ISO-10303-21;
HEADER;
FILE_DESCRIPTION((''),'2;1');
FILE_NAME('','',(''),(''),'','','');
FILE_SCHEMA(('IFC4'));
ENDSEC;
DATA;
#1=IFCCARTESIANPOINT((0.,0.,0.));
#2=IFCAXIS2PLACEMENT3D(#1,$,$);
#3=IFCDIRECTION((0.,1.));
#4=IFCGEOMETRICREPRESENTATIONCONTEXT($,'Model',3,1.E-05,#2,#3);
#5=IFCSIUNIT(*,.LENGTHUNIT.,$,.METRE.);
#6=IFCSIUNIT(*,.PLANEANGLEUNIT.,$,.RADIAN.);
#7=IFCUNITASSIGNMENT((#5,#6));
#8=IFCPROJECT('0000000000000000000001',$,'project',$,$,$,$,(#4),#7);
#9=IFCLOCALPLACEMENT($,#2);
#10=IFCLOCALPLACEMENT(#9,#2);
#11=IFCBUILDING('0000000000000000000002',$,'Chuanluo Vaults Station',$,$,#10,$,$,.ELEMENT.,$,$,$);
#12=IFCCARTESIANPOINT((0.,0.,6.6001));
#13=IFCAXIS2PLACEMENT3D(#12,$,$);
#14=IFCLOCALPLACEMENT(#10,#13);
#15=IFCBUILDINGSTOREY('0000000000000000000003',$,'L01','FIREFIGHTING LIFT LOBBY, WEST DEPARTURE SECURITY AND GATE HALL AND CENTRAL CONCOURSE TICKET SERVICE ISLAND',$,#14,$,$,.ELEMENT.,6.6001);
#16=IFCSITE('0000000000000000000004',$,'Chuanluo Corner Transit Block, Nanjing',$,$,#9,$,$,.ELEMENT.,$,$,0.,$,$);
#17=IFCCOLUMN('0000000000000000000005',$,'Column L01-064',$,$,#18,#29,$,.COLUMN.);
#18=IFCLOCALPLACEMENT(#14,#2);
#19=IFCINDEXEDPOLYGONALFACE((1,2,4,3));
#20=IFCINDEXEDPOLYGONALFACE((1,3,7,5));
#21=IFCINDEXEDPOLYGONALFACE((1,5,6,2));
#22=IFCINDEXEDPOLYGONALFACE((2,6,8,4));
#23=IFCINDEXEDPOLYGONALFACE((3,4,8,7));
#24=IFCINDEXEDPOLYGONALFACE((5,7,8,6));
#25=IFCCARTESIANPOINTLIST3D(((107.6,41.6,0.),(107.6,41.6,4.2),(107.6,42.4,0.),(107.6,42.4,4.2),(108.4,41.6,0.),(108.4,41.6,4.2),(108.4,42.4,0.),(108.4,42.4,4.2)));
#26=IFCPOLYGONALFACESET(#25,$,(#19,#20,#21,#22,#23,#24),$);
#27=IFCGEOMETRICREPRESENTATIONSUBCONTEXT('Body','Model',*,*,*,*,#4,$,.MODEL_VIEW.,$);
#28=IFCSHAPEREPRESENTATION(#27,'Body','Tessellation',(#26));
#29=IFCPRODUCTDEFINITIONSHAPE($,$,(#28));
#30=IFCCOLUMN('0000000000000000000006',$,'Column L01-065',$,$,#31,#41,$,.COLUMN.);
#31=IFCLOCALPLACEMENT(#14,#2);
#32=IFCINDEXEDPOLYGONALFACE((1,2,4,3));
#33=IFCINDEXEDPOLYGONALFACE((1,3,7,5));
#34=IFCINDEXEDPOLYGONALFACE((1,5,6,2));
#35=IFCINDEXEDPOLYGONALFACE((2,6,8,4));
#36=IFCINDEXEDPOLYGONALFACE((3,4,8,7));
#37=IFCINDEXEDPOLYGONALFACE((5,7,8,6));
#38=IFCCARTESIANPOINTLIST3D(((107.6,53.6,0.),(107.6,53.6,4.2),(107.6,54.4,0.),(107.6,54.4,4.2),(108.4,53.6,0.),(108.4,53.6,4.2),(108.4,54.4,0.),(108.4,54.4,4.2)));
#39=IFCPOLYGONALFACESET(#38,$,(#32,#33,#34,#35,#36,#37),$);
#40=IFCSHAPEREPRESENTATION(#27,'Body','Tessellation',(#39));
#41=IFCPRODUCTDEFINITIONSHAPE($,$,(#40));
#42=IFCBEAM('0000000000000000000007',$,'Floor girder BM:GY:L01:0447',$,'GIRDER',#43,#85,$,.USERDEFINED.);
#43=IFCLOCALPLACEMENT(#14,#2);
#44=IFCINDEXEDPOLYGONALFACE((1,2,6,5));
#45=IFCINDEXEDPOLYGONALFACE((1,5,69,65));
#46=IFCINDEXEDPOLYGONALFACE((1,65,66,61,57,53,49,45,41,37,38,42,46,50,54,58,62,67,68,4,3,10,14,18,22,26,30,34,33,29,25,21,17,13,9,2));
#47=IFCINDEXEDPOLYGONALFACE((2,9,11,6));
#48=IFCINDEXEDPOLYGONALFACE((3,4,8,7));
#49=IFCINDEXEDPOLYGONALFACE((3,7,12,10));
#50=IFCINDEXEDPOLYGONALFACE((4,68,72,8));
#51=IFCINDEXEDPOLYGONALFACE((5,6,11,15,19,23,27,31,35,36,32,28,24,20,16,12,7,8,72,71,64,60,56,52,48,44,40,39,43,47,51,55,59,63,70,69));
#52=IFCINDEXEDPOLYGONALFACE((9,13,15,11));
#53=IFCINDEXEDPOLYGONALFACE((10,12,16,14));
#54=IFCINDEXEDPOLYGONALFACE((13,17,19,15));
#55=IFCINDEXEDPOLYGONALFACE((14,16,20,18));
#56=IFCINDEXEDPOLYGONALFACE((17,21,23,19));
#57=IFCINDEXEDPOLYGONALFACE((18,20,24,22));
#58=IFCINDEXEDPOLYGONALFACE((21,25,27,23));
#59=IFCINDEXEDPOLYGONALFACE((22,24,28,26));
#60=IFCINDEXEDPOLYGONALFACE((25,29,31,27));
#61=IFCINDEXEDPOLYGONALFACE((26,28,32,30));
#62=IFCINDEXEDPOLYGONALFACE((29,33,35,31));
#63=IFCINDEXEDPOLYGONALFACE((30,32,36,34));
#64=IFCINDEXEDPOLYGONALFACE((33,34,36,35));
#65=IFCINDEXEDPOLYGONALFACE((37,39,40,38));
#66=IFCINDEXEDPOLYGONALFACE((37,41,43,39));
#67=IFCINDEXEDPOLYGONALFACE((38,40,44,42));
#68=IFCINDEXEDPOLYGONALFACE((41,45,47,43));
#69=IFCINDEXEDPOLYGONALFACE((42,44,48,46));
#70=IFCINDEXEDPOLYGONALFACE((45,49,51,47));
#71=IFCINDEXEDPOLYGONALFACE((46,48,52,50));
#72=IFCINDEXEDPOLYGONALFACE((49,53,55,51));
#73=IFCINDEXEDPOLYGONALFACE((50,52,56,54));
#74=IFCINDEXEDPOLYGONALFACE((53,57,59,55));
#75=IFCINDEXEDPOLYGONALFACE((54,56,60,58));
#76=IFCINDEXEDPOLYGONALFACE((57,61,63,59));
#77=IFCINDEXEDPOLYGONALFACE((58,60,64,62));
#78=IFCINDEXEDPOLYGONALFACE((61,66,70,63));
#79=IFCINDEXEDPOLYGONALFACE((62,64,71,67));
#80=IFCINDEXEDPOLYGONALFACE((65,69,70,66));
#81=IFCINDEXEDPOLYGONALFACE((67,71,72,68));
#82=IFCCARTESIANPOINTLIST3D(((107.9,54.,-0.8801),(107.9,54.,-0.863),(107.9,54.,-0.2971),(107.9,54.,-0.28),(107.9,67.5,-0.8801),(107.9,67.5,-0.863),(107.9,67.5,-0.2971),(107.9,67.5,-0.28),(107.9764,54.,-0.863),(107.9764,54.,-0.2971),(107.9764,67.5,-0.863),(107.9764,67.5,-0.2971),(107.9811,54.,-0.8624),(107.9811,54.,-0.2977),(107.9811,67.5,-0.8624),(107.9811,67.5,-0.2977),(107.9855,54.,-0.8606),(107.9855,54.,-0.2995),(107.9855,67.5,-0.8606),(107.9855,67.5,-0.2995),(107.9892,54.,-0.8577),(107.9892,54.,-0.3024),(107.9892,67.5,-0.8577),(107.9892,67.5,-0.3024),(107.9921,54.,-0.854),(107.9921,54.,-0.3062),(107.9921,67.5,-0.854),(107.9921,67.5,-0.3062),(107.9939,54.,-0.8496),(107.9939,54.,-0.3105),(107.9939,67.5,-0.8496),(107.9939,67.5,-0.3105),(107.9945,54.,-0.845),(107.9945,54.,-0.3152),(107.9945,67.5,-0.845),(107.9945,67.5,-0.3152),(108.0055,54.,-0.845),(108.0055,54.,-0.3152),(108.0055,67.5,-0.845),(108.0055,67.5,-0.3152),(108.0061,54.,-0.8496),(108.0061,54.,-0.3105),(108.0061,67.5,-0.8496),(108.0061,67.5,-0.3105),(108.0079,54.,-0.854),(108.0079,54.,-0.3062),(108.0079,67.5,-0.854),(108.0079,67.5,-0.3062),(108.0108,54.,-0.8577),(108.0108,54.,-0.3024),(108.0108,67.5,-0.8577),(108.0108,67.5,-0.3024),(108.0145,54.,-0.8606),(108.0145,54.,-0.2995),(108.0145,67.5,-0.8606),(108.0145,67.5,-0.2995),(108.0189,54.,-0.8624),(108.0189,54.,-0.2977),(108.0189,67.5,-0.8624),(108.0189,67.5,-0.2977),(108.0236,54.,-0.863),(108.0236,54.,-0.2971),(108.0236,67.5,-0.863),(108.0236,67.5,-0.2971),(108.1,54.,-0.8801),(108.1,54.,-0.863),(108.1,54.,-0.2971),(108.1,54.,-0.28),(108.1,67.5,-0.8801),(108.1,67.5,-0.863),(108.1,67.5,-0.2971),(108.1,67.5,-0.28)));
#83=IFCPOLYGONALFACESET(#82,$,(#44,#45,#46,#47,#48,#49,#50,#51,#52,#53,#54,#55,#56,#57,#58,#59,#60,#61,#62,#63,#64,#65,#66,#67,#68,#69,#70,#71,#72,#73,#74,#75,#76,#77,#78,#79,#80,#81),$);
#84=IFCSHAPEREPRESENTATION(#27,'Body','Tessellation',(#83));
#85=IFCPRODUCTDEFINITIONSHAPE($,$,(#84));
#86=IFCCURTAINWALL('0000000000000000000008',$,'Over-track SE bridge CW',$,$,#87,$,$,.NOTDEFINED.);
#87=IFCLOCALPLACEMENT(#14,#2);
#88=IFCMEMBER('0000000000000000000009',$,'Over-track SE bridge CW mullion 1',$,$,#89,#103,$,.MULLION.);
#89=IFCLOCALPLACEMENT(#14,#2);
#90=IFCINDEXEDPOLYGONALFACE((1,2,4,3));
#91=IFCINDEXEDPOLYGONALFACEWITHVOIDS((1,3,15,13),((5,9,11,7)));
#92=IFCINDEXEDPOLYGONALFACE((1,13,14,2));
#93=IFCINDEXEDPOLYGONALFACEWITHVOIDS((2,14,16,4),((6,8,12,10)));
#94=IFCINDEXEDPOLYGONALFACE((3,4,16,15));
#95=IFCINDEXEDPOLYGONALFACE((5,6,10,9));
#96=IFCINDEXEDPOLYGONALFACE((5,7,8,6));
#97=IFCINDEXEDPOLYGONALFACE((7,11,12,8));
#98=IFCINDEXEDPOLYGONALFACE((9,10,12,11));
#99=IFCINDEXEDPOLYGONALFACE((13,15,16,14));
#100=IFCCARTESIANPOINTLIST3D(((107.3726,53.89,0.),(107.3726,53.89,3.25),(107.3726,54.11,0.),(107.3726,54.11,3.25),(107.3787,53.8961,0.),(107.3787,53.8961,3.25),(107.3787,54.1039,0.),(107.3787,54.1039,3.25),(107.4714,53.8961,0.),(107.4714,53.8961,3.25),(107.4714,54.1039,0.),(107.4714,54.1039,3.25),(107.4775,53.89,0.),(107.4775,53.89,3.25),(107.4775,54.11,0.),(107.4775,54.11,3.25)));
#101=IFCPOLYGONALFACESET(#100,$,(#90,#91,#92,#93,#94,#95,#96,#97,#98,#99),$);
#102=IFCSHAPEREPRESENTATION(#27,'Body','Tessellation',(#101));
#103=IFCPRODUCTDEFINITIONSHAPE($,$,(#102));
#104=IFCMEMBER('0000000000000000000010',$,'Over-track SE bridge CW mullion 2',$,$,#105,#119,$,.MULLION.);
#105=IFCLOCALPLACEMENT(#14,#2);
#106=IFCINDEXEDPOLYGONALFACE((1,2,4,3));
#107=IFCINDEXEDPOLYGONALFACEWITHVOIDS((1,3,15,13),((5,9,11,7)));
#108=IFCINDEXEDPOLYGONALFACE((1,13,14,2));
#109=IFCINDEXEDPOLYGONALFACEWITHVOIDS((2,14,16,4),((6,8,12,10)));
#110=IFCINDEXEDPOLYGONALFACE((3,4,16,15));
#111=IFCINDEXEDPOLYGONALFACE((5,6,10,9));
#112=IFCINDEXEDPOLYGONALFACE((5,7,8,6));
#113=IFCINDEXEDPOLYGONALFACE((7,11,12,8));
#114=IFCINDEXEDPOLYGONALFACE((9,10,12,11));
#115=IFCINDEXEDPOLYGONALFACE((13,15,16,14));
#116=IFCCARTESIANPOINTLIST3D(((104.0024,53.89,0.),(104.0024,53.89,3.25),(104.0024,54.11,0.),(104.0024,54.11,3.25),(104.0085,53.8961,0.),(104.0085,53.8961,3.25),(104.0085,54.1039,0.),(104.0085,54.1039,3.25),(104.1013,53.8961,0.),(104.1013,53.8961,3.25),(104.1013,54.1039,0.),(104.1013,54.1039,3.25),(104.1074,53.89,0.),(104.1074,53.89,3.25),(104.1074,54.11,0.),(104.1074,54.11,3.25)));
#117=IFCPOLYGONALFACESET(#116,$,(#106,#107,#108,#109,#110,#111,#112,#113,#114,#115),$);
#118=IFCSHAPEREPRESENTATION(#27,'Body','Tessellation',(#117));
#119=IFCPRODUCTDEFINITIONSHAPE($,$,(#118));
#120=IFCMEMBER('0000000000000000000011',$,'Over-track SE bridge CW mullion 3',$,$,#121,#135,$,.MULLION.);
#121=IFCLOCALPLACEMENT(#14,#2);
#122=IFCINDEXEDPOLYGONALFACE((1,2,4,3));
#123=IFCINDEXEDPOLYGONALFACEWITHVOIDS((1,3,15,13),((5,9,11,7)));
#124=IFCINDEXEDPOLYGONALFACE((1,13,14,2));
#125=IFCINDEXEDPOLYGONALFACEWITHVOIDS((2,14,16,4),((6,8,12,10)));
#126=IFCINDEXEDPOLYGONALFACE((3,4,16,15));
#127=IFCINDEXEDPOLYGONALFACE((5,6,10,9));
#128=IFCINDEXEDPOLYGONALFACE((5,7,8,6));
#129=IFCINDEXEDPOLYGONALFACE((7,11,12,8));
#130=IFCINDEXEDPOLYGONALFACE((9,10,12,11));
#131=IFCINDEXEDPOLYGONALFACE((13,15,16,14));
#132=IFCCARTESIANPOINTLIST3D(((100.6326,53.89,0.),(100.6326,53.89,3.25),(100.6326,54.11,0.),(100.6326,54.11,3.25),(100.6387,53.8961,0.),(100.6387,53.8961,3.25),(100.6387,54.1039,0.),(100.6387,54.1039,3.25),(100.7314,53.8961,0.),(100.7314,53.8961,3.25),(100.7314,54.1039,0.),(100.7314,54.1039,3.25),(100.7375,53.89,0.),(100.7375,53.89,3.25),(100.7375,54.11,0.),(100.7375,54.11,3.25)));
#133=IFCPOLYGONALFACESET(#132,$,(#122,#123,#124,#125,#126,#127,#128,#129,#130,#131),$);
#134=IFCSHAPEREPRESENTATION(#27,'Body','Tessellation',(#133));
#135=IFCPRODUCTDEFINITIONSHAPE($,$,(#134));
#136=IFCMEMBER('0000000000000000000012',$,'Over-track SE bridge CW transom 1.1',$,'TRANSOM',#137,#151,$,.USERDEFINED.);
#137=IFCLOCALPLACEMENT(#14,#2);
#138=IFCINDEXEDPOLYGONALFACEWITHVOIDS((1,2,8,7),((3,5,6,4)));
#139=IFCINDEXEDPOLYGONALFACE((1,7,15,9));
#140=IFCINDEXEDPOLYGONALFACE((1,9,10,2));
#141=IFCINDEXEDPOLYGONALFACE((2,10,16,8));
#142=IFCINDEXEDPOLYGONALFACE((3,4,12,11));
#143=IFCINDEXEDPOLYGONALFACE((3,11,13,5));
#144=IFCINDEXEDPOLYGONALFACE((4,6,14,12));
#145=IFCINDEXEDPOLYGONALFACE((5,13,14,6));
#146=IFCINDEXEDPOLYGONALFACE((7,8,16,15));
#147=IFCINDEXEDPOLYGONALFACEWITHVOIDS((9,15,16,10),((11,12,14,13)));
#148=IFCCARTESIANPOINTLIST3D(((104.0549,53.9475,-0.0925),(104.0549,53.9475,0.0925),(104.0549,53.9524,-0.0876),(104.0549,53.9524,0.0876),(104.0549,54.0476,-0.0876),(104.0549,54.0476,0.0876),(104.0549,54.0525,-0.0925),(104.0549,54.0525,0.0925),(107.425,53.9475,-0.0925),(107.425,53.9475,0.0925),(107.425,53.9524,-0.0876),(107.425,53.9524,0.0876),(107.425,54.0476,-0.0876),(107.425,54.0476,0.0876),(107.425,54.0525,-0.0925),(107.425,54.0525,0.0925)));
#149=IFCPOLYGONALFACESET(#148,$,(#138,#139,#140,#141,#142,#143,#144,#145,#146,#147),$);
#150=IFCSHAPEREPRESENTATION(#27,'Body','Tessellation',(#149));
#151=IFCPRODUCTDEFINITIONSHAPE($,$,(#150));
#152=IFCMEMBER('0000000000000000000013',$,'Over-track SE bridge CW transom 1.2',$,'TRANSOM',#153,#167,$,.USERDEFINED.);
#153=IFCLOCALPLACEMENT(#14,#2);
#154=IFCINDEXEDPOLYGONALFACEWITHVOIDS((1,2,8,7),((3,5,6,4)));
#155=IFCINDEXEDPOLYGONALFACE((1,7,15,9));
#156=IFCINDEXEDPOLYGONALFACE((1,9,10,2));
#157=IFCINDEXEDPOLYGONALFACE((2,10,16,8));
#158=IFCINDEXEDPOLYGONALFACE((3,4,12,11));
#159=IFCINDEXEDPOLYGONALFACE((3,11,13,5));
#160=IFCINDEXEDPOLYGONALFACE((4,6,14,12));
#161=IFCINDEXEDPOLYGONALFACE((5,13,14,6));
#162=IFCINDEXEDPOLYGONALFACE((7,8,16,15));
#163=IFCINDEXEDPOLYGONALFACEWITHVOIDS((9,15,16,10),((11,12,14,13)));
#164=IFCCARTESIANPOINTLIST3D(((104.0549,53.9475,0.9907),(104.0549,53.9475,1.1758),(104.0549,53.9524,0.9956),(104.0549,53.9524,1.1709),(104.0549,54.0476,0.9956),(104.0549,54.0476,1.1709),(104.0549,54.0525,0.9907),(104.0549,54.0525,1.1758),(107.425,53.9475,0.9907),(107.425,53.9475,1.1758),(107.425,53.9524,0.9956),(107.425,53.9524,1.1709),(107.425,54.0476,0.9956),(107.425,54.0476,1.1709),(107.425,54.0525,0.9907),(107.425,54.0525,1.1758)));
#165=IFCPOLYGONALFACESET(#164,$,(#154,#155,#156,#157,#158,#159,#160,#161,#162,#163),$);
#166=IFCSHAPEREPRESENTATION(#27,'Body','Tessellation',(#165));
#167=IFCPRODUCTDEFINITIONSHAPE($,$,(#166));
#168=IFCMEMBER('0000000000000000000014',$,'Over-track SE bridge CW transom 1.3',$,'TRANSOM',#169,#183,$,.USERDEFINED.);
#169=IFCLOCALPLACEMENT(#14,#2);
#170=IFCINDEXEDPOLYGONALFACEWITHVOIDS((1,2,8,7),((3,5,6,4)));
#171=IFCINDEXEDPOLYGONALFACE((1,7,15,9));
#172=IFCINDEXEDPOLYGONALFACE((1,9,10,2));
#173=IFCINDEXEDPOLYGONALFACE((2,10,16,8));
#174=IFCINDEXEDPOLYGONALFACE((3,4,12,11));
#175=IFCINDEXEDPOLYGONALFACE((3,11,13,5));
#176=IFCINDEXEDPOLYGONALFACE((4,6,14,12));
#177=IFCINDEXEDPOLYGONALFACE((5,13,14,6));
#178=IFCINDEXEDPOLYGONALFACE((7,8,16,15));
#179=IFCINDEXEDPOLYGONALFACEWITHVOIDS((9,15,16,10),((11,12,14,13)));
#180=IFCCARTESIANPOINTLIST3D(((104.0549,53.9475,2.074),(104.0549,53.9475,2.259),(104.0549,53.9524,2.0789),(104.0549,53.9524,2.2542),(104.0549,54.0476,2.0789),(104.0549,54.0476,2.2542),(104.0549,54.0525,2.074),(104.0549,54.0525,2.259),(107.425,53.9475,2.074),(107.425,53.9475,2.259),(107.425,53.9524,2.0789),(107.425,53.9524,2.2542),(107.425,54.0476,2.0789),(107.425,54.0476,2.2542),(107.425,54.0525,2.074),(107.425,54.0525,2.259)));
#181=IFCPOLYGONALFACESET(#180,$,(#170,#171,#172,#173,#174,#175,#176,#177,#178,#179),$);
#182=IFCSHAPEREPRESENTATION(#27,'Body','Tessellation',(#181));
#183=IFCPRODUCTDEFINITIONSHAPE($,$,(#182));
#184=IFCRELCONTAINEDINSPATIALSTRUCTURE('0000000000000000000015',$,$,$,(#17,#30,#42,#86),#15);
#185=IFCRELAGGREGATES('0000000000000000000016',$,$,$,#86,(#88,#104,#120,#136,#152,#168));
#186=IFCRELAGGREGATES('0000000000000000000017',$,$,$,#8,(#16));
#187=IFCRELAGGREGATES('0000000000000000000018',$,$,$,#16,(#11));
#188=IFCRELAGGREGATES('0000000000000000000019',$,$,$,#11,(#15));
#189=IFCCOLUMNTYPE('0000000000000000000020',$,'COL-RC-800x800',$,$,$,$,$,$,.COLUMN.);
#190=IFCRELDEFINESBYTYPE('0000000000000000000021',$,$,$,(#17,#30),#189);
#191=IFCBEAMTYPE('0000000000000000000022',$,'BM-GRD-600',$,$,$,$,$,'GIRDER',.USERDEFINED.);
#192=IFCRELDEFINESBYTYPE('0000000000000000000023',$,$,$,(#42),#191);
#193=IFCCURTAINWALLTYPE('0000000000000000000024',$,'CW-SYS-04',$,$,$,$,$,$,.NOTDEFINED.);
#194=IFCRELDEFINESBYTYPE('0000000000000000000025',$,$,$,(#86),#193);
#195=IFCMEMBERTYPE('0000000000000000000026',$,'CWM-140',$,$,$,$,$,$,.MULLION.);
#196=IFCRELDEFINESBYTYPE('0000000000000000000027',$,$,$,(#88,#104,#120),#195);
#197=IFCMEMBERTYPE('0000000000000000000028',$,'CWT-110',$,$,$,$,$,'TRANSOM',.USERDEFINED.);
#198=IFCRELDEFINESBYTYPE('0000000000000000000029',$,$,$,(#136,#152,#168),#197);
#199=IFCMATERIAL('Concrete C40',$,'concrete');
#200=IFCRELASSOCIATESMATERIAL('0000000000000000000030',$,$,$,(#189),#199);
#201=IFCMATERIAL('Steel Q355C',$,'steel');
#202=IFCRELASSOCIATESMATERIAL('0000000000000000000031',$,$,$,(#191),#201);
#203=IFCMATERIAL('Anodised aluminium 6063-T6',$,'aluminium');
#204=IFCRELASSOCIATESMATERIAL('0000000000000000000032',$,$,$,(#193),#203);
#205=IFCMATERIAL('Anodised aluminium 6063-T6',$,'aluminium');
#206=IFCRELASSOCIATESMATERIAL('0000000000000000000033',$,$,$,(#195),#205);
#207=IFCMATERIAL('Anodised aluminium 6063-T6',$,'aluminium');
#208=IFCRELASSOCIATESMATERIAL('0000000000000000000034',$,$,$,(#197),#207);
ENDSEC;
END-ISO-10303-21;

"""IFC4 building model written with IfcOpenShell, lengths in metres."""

from ifc_helpers import new_model, si_unit, direction, frame, origin, origin_2d, place, context, subcontext, project, spatial, rectangle, hollow_rectangle, i_section, extrude, material, material_profile, profile_set, type_object, element, aggregate, save


model = new_model("IFC4")

# Units and contexts
model_context = context("Model", 3, precision=1e-05, world=origin(), true_north=direction((0.0, 1.0)))
body_context = subcontext(model_context, "Body", "Model", "MODEL_VIEW")
ifc_project = project(units=[si_unit("LENGTHUNIT", "METRE"), si_unit("PLANEANGLEUNIT", "RADIAN")], contexts=[model_context])

# Site, building, storey
site_placement = place(None, origin())
site = spatial("IfcSite", under=ifc_project, at=site_placement, Name="Chuanluo Corner Transit Block, Nanjing", CompositionType="ELEMENT", RefElevation=0.0)
building_placement = place(site_placement, origin())
building = spatial("IfcBuilding", under=site, at=building_placement, Name="Chuanluo Vaults Station", CompositionType="ELEMENT")
storey_placement = place(building_placement, frame((0.0, 0.0, 6.6001)))
storey = spatial("IfcBuildingStorey", under=building, at=storey_placement, Name="L01", Description="FIREFIGHTING LIFT LOBBY, WEST DEPARTURE SECURITY AND GATE HALL AND CENTRAL CONCOURSE TICKET SERVICE ISLAND", CompositionType="ELEMENT", Elevation=6.6001)

# Columns
ifc_material_1 = material(Name="Concrete C40", Category="concrete")
ifc_material_profile_1 = material_profile(ifc_material_1, rectangle(XDim=0.8, YDim=0.8, at=origin_2d()))
ifc_profile_set_1 = profile_set([ifc_material_profile_1], Name="Concrete C40")
column_type = type_object("IfcColumnType", Name="COL-RC-800x800", PredefinedType="COLUMN", material=ifc_profile_set_1)
for number, where, z_axis, x_axis, name in (
    (1, (108.0, 42.0, 0.0), (0.0, 0.0, 1.0), (1.0, 0.0, 0.0), "Column L01-064"),
    (2, (108.0, 54.0, 0.0), (0.0, 0.0, 1.0), (1.0, 0.0, 0.0), "Column L01-065"),
):
    element("IfcColumn", number, at=place(storey_placement, frame(where, z_axis=z_axis, x_axis=x_axis)), inside=storey, type_object=column_type, Name=name, PredefinedType="COLUMN", context=body_context, shape_type="SweptSolid", body=[
        extrude(rectangle(XDim=0.8, YDim=0.8, at=origin_2d()), origin(), (0.0, 0.0, 1.0), 4.2),
    ])

# Beam
ifc_material_2 = material(Name="Steel Q355C", Category="steel")
ifc_material_profile_2 = material_profile(ifc_material_2, i_section(OverallWidth=0.2, OverallDepth=0.6001, WebThickness=0.011, FlangeThickness=0.0171, FilletRadius=0.0181, at=origin_2d()))
ifc_profile_set_2 = profile_set([ifc_material_profile_2], Name="Steel Q355C")
beam_type = type_object("IfcBeamType", Name="BM-GRD-600", ElementType="GIRDER", PredefinedType="USERDEFINED", material=ifc_profile_set_2)
beam_placement = place(storey_placement, frame((108.0, 54.0, -0.5801), z_axis=(0.0, 1.0, 0.0), x_axis=(-1.0, 0.0, 0.0)))
element("IfcBeam", 3, at=beam_placement, inside=storey, type_object=beam_type, Name="Floor girder BM:GY:L01:0447", ObjectType="GIRDER", PredefinedType="USERDEFINED", context=body_context, shape_type="SweptSolid", body=[
    extrude(i_section(OverallWidth=0.2, OverallDepth=0.6001, WebThickness=0.011, FlangeThickness=0.0171, FilletRadius=0.0181, at=origin_2d()), origin(), (0.0, 0.0, 1.0), 13.5),
])

# Curtain wall, members
ifc_material_3 = material(Name="Anodised aluminium 6063-T6", Category="aluminium")
curtain_wall_type = type_object("IfcCurtainWallType", Name="CW-SYS-04", PredefinedType="NOTDEFINED", material=ifc_material_3)
curtain_wall_placement = place(storey_placement, origin())
curtain_wall = element("IfcCurtainWall", 4, at=curtain_wall_placement, inside=storey, type_object=curtain_wall_type, Name="Over-track SE bridge CW", PredefinedType="NOTDEFINED")
ifc_material_4 = material(Name="Anodised aluminium 6063-T6", Category="aluminium")
ifc_material_profile_3 = material_profile(ifc_material_4, hollow_rectangle(XDim=0.105, YDim=0.22, WallThickness=0.0061, at=origin_2d()))
ifc_profile_set_3 = profile_set([ifc_material_profile_3], Name="Anodised aluminium 6063-T6")
member_type_1 = type_object("IfcMemberType", Name="CWM-140", PredefinedType="MULLION", material=ifc_profile_set_3)
member_1_placement = place(storey_placement, frame((107.425, 54.0, 0.0), z_axis=(0.0, 0.0, 1.0), x_axis=(-1.0, 0.0, 0.0)))
member_1 = element("IfcMember", 5, at=member_1_placement, type_object=member_type_1, Name="Over-track SE bridge CW mullion 1", PredefinedType="MULLION", context=body_context, shape_type="SweptSolid", body=[
    extrude(hollow_rectangle(XDim=0.105, YDim=0.22, WallThickness=0.0061, at=origin_2d()), origin(), (0.0, 0.0, 1.0), 3.25),
])
member_2_placement = place(storey_placement, frame((104.0549, 54.0, 0.0), z_axis=(0.0, 0.0, 1.0), x_axis=(-1.0, 0.0, 0.0)))
member_2 = element("IfcMember", 6, at=member_2_placement, type_object=member_type_1, Name="Over-track SE bridge CW mullion 2", PredefinedType="MULLION", context=body_context, shape_type="SweptSolid", body=[
    extrude(hollow_rectangle(XDim=0.105, YDim=0.22, WallThickness=0.0061, at=origin_2d()), origin(), (0.0, 0.0, 1.0), 3.25),
])
member_3_placement = place(storey_placement, frame((100.6851, 54.0, 0.0), z_axis=(0.0, 0.0, 1.0), x_axis=(-1.0, 0.0, 0.0)))
member_3 = element("IfcMember", 7, at=member_3_placement, type_object=member_type_1, Name="Over-track SE bridge CW mullion 3", PredefinedType="MULLION", context=body_context, shape_type="SweptSolid", body=[
    extrude(hollow_rectangle(XDim=0.105, YDim=0.22, WallThickness=0.0061, at=origin_2d()), origin(), (0.0, 0.0, 1.0), 3.25),
])
ifc_material_5 = material(Name="Anodised aluminium 6063-T6", Category="aluminium")
ifc_material_profile_4 = material_profile(ifc_material_5, hollow_rectangle(XDim=0.105, YDim=0.1851, WallThickness=0.0049, at=origin_2d()))
ifc_profile_set_4 = profile_set([ifc_material_profile_4], Name="Anodised aluminium 6063-T6")
member_type_2 = type_object("IfcMemberType", Name="CWT-110", ElementType="TRANSOM", PredefinedType="USERDEFINED", material=ifc_profile_set_4)
member_4_placement = place(storey_placement, frame((107.425, 54.0, 0.0), z_axis=(-1.0, 0.0, 0.0), x_axis=(0.0, -1.0, 0.0)))
member_4 = element("IfcMember", 8, at=member_4_placement, type_object=member_type_2, Name="Over-track SE bridge CW transom 1.1", ObjectType="TRANSOM", PredefinedType="USERDEFINED", context=body_context, shape_type="SweptSolid", body=[
    extrude(hollow_rectangle(XDim=0.105, YDim=0.1851, WallThickness=0.0049, at=origin_2d()), origin(), (0.0, 0.0, 1.0), 3.3701),
])
member_5_placement = place(storey_placement, frame((107.425, 54.0, 1.0833), z_axis=(-1.0, 0.0, 0.0), x_axis=(0.0, -1.0, 0.0)))
member_5 = element("IfcMember", 9, at=member_5_placement, type_object=member_type_2, Name="Over-track SE bridge CW transom 1.2", ObjectType="TRANSOM", PredefinedType="USERDEFINED", context=body_context, shape_type="SweptSolid", body=[
    extrude(hollow_rectangle(XDim=0.105, YDim=0.1851, WallThickness=0.0049, at=origin_2d()), origin(), (0.0, 0.0, 1.0), 3.3701),
])
member_6_placement = place(storey_placement, frame((107.425, 54.0, 2.1665), z_axis=(-1.0, 0.0, 0.0), x_axis=(0.0, -1.0, 0.0)))
member_6 = element("IfcMember", 10, at=member_6_placement, type_object=member_type_2, Name="Over-track SE bridge CW transom 1.3", ObjectType="TRANSOM", PredefinedType="USERDEFINED", context=body_context, shape_type="SweptSolid", body=[
    extrude(hollow_rectangle(XDim=0.105, YDim=0.1851, WallThickness=0.0049, at=origin_2d()), origin(), (0.0, 0.0, 1.0), 3.3701),
])
aggregate(curtain_wall, [member_1, member_2, member_3, member_4, member_5, member_6])

save(model, "model.ifc")
